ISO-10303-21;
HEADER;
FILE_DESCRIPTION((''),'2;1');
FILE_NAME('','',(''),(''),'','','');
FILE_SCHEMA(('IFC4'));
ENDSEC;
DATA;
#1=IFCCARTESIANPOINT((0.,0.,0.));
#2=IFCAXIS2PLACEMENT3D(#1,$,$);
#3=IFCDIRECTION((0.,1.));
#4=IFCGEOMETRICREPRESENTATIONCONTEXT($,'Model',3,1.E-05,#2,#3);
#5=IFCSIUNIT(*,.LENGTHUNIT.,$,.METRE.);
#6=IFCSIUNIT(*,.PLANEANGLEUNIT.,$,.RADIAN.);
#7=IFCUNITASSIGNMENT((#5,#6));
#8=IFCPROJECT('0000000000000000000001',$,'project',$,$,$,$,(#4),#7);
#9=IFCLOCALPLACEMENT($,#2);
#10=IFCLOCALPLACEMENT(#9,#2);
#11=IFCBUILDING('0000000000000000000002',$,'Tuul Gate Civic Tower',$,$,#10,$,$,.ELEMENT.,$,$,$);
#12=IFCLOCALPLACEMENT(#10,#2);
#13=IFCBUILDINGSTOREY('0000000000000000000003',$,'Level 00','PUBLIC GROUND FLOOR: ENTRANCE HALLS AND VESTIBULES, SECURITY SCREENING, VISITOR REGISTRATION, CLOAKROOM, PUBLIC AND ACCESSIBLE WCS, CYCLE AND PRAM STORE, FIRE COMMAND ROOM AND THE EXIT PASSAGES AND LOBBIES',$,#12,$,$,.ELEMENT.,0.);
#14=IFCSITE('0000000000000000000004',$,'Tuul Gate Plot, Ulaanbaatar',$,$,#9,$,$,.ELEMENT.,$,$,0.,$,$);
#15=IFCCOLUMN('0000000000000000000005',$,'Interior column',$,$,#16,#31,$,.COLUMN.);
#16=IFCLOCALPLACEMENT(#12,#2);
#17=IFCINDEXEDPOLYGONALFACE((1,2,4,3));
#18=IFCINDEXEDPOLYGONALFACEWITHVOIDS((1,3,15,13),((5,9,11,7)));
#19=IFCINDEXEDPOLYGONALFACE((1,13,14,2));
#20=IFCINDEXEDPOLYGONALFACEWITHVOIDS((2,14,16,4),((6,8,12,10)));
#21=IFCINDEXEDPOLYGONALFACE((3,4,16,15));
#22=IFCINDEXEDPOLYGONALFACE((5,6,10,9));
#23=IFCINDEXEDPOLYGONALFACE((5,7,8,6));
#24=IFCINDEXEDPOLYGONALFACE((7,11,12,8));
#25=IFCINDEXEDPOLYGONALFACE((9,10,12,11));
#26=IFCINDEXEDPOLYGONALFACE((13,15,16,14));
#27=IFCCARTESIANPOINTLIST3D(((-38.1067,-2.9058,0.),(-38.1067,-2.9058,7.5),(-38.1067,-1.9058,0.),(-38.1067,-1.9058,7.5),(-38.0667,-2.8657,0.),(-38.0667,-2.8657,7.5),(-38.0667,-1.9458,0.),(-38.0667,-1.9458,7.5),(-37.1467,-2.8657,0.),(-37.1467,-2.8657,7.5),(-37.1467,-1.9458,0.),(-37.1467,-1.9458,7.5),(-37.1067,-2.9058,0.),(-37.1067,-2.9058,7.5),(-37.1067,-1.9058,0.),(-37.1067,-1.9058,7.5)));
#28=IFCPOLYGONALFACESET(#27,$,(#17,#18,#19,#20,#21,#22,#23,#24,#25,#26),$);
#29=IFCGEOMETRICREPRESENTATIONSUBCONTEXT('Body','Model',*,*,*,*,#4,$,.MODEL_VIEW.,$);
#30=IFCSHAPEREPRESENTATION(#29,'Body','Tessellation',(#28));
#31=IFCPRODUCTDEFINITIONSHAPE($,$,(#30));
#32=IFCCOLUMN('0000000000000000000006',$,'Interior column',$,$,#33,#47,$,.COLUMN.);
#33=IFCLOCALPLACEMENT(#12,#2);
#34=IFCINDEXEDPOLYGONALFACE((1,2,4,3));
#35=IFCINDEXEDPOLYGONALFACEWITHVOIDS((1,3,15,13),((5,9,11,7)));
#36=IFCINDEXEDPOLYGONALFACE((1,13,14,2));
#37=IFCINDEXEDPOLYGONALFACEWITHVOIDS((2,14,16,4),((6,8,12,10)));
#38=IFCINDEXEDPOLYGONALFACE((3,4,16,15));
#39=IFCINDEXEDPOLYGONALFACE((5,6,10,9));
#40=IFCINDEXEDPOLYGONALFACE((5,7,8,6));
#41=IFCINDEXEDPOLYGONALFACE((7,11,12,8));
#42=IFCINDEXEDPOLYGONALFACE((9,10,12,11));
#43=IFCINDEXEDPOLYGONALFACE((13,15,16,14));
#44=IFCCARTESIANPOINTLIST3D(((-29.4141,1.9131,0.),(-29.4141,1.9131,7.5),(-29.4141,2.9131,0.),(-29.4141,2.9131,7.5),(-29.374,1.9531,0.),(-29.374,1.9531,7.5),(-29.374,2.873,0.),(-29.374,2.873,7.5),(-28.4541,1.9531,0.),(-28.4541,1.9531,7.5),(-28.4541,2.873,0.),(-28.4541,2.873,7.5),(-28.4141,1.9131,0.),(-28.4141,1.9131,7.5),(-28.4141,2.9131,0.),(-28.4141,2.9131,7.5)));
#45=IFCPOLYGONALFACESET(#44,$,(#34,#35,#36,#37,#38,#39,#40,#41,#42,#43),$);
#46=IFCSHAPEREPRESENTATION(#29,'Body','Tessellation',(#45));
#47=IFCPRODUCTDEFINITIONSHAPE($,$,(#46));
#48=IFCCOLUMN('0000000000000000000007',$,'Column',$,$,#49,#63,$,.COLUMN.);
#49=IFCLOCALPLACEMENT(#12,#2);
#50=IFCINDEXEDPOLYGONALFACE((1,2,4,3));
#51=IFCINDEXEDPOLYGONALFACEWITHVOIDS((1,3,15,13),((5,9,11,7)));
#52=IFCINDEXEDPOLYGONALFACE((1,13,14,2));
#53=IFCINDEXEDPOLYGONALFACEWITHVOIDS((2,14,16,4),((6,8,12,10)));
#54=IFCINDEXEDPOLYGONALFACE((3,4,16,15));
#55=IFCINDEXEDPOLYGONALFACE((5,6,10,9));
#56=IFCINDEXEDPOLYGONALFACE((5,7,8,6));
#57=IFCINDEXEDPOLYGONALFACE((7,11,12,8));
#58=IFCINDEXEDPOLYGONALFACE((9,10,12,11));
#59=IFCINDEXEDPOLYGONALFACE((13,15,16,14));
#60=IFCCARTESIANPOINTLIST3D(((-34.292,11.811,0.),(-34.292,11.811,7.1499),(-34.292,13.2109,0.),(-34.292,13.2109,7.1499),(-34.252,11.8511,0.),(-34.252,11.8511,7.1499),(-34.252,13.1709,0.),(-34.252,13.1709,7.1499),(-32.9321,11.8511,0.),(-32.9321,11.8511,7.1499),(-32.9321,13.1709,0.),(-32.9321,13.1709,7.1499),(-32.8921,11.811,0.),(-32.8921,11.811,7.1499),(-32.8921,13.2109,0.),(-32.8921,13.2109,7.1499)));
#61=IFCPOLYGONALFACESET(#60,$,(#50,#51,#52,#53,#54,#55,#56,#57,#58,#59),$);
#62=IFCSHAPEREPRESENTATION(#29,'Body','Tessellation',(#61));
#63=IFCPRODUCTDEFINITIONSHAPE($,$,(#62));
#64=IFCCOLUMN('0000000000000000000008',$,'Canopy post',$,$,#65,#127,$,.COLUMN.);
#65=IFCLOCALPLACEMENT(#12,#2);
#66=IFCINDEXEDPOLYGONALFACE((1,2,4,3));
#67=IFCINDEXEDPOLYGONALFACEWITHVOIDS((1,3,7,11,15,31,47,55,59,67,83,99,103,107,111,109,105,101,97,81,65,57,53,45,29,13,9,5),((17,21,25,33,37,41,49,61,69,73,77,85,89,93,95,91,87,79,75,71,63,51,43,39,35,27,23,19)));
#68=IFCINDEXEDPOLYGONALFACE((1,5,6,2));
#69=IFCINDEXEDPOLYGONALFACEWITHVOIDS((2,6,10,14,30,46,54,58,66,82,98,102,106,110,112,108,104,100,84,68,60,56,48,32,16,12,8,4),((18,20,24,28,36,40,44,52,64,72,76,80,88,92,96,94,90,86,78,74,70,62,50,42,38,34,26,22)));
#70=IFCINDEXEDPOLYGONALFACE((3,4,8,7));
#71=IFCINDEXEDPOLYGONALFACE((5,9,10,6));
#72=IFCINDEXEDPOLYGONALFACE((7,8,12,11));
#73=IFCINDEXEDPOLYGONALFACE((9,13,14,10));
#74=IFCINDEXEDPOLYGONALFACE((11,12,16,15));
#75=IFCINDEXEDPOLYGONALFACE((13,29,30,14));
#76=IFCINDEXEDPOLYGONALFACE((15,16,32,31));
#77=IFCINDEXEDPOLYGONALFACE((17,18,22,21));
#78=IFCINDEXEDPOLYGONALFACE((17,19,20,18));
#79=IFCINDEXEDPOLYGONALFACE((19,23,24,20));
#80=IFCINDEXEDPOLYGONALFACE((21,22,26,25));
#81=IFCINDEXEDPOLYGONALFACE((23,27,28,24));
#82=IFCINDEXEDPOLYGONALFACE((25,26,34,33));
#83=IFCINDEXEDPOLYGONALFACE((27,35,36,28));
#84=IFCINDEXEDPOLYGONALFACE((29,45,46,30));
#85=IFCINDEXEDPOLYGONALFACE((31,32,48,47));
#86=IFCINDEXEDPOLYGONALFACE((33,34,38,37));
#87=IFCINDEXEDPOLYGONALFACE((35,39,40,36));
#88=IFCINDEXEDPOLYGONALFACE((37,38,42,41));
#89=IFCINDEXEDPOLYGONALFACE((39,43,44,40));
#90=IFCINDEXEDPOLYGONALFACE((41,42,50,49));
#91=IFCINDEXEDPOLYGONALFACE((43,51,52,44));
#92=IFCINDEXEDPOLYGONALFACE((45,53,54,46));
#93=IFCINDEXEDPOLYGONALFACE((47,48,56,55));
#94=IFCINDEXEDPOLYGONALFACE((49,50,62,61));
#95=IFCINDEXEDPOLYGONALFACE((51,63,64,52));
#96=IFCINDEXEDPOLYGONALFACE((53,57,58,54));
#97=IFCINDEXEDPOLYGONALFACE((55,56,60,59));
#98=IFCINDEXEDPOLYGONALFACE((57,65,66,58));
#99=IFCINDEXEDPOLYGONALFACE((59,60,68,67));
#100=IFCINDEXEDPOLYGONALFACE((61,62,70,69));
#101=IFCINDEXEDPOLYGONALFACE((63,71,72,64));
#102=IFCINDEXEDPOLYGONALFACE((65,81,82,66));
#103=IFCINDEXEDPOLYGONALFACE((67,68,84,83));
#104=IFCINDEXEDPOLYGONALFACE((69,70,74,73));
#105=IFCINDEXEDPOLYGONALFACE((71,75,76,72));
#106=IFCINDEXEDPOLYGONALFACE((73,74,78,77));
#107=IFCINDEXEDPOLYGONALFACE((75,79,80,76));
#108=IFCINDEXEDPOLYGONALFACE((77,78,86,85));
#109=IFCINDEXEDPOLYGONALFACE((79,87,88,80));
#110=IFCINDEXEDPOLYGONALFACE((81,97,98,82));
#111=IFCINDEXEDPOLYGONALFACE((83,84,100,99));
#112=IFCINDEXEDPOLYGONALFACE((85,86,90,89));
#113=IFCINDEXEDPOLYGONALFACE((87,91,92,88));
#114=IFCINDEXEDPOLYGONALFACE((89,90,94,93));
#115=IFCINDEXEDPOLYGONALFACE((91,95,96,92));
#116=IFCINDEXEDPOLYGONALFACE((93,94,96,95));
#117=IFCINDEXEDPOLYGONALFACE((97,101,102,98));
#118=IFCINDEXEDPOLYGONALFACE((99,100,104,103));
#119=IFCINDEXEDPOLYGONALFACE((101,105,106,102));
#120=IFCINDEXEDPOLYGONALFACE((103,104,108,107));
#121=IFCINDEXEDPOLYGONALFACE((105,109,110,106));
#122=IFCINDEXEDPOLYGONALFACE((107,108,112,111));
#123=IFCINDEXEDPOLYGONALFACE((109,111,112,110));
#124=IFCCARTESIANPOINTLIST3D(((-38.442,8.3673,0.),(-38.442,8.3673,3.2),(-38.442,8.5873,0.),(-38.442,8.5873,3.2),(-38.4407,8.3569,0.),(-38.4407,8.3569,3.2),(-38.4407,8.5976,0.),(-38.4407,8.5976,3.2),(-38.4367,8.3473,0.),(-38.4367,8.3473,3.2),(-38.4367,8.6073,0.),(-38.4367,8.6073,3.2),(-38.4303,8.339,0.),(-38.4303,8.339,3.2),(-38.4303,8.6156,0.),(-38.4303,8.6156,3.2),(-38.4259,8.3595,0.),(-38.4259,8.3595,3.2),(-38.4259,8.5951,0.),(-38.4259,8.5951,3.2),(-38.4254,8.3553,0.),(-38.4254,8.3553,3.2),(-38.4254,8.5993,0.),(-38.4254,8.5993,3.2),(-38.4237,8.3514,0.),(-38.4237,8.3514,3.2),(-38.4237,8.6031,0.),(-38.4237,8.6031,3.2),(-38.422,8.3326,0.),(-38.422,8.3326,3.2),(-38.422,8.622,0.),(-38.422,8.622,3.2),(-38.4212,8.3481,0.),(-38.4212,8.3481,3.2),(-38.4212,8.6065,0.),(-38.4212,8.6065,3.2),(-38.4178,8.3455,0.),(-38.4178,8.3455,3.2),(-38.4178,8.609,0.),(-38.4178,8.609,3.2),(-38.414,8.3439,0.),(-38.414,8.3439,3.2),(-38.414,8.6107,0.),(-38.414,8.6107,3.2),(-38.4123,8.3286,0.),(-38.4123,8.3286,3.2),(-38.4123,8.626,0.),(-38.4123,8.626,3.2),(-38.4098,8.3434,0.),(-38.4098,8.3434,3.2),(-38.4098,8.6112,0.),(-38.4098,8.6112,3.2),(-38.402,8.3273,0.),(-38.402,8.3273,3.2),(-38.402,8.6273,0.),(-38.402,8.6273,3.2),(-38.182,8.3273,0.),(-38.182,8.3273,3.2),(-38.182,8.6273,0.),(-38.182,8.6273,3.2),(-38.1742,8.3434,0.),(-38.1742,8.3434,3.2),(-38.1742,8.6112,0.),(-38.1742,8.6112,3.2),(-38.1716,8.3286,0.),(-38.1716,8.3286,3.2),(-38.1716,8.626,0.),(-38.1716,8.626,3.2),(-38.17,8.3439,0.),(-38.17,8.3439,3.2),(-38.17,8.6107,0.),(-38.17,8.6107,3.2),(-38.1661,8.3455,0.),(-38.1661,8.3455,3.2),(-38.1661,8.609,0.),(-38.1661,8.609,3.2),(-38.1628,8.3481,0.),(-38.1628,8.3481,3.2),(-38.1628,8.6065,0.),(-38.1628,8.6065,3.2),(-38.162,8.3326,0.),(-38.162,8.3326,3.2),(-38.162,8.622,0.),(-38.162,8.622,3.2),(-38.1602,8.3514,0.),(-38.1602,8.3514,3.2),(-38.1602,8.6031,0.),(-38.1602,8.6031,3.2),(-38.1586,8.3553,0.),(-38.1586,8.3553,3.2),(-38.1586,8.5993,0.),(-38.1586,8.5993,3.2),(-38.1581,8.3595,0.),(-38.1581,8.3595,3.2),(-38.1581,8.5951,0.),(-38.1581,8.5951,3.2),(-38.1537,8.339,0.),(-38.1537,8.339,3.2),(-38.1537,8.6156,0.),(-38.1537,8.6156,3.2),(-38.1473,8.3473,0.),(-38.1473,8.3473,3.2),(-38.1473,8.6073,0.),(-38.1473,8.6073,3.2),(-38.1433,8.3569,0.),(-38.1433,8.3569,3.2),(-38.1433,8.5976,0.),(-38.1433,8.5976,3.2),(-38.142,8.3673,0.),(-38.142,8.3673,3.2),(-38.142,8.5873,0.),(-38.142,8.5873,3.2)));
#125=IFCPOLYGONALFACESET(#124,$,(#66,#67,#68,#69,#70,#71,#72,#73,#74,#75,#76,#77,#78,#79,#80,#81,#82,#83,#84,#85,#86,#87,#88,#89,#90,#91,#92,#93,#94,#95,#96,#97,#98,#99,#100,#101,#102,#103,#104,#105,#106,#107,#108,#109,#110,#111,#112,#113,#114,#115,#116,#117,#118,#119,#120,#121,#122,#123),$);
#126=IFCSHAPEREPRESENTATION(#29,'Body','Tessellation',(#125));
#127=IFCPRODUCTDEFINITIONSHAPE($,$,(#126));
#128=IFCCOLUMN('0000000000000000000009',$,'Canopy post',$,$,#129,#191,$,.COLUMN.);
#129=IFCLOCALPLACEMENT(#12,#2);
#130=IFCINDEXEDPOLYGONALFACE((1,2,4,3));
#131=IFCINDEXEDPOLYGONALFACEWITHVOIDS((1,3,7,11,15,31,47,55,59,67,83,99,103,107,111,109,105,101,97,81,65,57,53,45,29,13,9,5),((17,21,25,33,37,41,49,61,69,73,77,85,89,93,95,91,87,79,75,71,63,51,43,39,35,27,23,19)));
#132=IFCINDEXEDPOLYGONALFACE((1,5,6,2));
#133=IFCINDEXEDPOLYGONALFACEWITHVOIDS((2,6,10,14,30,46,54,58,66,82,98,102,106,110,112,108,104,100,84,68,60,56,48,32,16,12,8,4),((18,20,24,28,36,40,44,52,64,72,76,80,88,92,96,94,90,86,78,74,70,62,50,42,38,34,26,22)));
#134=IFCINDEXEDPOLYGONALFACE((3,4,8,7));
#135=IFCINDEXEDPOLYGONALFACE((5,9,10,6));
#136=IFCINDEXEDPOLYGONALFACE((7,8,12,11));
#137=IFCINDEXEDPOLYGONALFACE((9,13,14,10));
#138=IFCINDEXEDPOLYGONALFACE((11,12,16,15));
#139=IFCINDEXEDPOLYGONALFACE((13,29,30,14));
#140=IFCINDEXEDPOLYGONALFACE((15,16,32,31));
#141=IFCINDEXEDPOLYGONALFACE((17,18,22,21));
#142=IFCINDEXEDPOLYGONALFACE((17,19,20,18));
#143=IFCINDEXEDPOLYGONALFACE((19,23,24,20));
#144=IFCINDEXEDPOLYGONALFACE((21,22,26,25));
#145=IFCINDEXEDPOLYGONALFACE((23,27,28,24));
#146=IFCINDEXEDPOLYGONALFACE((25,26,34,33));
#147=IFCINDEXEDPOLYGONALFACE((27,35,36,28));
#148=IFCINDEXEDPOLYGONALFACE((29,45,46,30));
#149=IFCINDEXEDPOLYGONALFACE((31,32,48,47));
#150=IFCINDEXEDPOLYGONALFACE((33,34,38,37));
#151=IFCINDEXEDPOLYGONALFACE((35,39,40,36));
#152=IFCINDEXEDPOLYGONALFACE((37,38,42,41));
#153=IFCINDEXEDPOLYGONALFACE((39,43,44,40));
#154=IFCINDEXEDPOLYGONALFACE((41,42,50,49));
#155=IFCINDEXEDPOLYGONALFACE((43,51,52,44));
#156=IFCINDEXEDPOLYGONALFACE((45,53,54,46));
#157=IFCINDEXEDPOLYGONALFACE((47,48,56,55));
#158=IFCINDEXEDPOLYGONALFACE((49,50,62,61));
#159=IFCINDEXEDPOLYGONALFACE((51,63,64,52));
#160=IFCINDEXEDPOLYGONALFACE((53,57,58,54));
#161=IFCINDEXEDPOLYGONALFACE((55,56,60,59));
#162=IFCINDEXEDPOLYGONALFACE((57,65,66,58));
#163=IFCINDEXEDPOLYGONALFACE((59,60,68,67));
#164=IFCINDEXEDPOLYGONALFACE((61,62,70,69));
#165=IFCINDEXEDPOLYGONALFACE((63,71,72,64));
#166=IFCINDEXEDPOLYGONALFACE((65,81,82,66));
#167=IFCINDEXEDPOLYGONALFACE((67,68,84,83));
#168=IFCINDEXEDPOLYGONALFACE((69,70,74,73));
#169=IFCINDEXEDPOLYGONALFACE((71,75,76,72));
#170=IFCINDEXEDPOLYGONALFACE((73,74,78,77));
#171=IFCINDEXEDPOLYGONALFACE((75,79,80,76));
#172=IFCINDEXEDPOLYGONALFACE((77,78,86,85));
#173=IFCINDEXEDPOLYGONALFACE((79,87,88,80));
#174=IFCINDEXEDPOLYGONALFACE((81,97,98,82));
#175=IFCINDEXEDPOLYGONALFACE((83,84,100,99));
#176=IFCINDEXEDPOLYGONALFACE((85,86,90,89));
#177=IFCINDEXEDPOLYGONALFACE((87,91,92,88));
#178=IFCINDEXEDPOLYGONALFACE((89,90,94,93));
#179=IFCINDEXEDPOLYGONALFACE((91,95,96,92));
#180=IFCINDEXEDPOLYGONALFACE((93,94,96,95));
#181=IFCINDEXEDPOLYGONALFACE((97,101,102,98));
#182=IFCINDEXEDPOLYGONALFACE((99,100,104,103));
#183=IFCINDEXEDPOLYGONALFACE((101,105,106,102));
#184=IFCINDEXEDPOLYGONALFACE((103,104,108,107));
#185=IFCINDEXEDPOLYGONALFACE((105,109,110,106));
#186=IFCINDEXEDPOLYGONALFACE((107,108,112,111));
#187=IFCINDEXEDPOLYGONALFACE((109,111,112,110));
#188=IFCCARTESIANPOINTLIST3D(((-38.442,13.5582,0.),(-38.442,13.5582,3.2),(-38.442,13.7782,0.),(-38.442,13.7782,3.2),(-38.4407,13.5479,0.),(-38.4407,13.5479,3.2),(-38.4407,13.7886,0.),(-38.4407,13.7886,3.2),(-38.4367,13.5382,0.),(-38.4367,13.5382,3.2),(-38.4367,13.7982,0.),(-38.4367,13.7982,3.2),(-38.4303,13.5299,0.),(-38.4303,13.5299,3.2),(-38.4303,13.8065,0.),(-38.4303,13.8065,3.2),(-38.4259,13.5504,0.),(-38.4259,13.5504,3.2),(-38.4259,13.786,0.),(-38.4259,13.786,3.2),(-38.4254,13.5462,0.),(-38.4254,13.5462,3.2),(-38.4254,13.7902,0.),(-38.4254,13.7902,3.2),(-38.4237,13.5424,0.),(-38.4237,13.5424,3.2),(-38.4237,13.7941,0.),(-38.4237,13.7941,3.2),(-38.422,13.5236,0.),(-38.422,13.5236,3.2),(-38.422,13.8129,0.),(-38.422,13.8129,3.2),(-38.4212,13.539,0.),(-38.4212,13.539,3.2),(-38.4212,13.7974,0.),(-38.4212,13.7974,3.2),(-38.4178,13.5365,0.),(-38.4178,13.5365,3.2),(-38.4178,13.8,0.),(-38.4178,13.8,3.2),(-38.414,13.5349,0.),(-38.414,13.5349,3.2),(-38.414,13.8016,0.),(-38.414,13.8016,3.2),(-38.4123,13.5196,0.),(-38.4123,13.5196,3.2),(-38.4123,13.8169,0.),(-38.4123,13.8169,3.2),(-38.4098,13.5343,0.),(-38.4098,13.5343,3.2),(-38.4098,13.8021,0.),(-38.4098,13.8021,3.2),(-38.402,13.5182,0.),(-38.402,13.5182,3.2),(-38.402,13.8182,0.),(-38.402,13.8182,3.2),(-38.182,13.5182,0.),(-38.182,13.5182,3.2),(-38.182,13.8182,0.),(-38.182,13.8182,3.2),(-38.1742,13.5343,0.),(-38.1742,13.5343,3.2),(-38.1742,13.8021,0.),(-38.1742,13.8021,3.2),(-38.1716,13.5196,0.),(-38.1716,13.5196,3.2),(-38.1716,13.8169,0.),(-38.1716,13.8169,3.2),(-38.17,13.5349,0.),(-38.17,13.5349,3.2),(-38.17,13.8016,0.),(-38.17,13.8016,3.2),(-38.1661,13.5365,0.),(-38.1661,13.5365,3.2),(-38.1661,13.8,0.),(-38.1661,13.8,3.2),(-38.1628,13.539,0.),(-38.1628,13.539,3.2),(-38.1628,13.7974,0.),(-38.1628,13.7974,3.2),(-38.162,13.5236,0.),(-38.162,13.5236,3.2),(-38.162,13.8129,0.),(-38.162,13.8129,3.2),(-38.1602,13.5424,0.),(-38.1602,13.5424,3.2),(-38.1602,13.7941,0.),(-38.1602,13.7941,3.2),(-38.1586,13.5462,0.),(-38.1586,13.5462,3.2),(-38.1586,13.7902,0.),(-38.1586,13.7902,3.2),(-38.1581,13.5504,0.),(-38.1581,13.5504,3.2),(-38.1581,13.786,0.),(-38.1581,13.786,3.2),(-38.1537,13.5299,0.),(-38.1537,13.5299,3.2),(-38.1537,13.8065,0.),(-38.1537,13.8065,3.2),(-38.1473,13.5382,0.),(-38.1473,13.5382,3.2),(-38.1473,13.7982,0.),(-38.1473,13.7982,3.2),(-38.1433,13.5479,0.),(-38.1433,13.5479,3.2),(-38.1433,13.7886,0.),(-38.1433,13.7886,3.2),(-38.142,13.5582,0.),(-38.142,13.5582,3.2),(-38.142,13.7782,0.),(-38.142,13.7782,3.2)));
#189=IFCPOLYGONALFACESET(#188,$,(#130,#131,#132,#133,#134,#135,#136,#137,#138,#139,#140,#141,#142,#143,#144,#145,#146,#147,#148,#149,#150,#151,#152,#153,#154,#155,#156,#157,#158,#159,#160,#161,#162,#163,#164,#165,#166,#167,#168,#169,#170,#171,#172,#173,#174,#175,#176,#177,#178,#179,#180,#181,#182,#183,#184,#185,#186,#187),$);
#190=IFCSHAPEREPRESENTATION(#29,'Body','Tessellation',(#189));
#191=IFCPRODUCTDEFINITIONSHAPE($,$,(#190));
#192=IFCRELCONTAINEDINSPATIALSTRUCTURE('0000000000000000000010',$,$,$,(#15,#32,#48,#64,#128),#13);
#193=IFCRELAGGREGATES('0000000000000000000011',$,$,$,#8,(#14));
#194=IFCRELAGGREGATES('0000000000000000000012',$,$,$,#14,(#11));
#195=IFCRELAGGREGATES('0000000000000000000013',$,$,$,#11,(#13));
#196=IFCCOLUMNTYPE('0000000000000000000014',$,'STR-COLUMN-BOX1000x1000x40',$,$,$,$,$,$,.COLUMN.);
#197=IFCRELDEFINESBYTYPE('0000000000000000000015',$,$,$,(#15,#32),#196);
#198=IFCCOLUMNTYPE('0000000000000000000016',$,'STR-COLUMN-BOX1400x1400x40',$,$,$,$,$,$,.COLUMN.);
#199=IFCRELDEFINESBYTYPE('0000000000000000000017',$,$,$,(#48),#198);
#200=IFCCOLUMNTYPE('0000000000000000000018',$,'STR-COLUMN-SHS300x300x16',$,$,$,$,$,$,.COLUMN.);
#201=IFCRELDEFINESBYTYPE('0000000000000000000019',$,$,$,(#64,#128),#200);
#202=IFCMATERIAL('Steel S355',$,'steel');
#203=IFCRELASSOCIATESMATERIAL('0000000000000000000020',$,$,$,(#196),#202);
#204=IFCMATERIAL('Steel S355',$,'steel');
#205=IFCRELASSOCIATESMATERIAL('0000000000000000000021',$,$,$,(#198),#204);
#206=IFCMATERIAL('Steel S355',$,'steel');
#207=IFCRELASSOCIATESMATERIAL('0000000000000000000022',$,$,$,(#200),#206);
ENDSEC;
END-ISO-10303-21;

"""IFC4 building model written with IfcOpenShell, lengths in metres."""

from ifc_helpers import new_model, si_unit, direction, frame, origin, origin_2d, place, context, subcontext, project, spatial, hollow_rectangle, extrude, material, material_profile, profile_set, type_object, element, save


model = new_model("IFC4")

# Units and contexts
model_context = context("Model", 3, precision=1e-05, world=origin(), true_north=direction((0.0, 1.0)))
body_context = subcontext(model_context, "Body", "Model", "MODEL_VIEW")
ifc_project = project(units=[si_unit("LENGTHUNIT", "METRE"), si_unit("PLANEANGLEUNIT", "RADIAN")], contexts=[model_context])

# Site, building, storey
site_placement = place(None, origin())
site = spatial("IfcSite", under=ifc_project, at=site_placement, Name="Tuul Gate Plot, Ulaanbaatar", CompositionType="ELEMENT", RefElevation=0.0)
building_placement = place(site_placement, origin())
building = spatial("IfcBuilding", under=site, at=building_placement, Name="Tuul Gate Civic Tower", CompositionType="ELEMENT")
storey_placement = place(building_placement, origin())
storey = spatial("IfcBuildingStorey", under=building, at=storey_placement, Name="Level 00", Description="PUBLIC GROUND FLOOR: ENTRANCE HALLS AND VESTIBULES, SECURITY SCREENING, VISITOR REGISTRATION, CLOAKROOM, PUBLIC AND ACCESSIBLE WCS, CYCLE AND PRAM STORE, FIRE COMMAND ROOM AND THE EXIT PASSAGES AND LOBBIES", CompositionType="ELEMENT", Elevation=0.0)

# Columns
ifc_material_1 = material(Name="Steel S355", Category="steel")
ifc_material_profile_1 = material_profile(ifc_material_1, hollow_rectangle(XDim=1.0, YDim=1.0, WallThickness=0.04, at=origin_2d()), Name="BOX1000x1000x40")
ifc_profile_set_1 = profile_set([ifc_material_profile_1], Name="Steel S355")
column_type_1 = type_object("IfcColumnType", Name="STR-COLUMN-BOX1000x1000x40", PredefinedType="COLUMN", material=ifc_profile_set_1)
for number, where, z_axis, x_axis, name in (
    (1, (-37.6067, -2.4058, 0.0), (0.0, 0.0, 1.0), (1.0, 0.0, 0.0), "Interior column"),
    (2, (-28.9141, 2.4131, 0.0), (0.0, 0.0, 1.0), (1.0, 0.0, 0.0), "Interior column"),
):
    element("IfcColumn", number, at=place(storey_placement, frame(where, z_axis=z_axis, x_axis=x_axis)), inside=storey, type_object=column_type_1, Name=name, PredefinedType="COLUMN", context=body_context, shape_type="SweptSolid", body=[
        extrude(hollow_rectangle(XDim=1.0, YDim=1.0, WallThickness=0.04, at=origin_2d()), origin(), (0.0, 0.0, 1.0), 7.5),
    ])
ifc_material_2 = material(Name="Steel S355", Category="steel")
ifc_material_profile_2 = material_profile(ifc_material_2, hollow_rectangle(XDim=1.3999, YDim=1.3999, WallThickness=0.04, at=origin_2d()), Name="BOX1400x1400x40")
ifc_profile_set_2 = profile_set([ifc_material_profile_2], Name="Steel S355")
column_type_2 = type_object("IfcColumnType", Name="STR-COLUMN-BOX1400x1400x40", PredefinedType="COLUMN", material=ifc_profile_set_2)
column_placement = place(storey_placement, frame((-33.592, 12.511, 0.0), z_axis=(0.0, 0.0, 1.0), x_axis=(1.0, 0.0, 0.0)))
element("IfcColumn", 3, at=column_placement, inside=storey, type_object=column_type_2, Name="Column", PredefinedType="COLUMN", context=body_context, shape_type="SweptSolid", body=[
    extrude(hollow_rectangle(XDim=1.3999, YDim=1.3999, WallThickness=0.04, at=origin_2d()), origin(), (0.0, 0.0, 1.0), 7.1499),
])
ifc_material_3 = material(Name="Steel S355", Category="steel")
ifc_material_profile_3 = material_profile(ifc_material_3, hollow_rectangle(XDim=0.3, YDim=0.3, WallThickness=0.0161, InnerFilletRadius=0.0161, OuterFilletRadius=0.04, at=origin_2d()), Name="SHS300x300x16")
ifc_profile_set_3 = profile_set([ifc_material_profile_3], Name="Steel S355")
column_type_3 = type_object("IfcColumnType", Name="STR-COLUMN-SHS300x300x16", PredefinedType="COLUMN", material=ifc_profile_set_3)
for number, where, z_axis, x_axis, name in (
    (4, (-38.292, 8.4773, 0.0), (0.0, 0.0, 1.0), (1.0, 0.0, 0.0), "Canopy post"),
    (5, (-38.292, 13.6682, 0.0), (0.0, 0.0, 1.0), (1.0, 0.0, 0.0), "Canopy post"),
):
    element("IfcColumn", number, at=place(storey_placement, frame(where, z_axis=z_axis, x_axis=x_axis)), inside=storey, type_object=column_type_3, Name=name, PredefinedType="COLUMN", context=body_context, shape_type="SweptSolid", body=[
        extrude(hollow_rectangle(XDim=0.3, YDim=0.3, WallThickness=0.0161, InnerFilletRadius=0.0161, OuterFilletRadius=0.04, at=origin_2d()), origin(), (0.0, 0.0, 1.0), 3.2),
    ])

save(model, "model.ifc")
